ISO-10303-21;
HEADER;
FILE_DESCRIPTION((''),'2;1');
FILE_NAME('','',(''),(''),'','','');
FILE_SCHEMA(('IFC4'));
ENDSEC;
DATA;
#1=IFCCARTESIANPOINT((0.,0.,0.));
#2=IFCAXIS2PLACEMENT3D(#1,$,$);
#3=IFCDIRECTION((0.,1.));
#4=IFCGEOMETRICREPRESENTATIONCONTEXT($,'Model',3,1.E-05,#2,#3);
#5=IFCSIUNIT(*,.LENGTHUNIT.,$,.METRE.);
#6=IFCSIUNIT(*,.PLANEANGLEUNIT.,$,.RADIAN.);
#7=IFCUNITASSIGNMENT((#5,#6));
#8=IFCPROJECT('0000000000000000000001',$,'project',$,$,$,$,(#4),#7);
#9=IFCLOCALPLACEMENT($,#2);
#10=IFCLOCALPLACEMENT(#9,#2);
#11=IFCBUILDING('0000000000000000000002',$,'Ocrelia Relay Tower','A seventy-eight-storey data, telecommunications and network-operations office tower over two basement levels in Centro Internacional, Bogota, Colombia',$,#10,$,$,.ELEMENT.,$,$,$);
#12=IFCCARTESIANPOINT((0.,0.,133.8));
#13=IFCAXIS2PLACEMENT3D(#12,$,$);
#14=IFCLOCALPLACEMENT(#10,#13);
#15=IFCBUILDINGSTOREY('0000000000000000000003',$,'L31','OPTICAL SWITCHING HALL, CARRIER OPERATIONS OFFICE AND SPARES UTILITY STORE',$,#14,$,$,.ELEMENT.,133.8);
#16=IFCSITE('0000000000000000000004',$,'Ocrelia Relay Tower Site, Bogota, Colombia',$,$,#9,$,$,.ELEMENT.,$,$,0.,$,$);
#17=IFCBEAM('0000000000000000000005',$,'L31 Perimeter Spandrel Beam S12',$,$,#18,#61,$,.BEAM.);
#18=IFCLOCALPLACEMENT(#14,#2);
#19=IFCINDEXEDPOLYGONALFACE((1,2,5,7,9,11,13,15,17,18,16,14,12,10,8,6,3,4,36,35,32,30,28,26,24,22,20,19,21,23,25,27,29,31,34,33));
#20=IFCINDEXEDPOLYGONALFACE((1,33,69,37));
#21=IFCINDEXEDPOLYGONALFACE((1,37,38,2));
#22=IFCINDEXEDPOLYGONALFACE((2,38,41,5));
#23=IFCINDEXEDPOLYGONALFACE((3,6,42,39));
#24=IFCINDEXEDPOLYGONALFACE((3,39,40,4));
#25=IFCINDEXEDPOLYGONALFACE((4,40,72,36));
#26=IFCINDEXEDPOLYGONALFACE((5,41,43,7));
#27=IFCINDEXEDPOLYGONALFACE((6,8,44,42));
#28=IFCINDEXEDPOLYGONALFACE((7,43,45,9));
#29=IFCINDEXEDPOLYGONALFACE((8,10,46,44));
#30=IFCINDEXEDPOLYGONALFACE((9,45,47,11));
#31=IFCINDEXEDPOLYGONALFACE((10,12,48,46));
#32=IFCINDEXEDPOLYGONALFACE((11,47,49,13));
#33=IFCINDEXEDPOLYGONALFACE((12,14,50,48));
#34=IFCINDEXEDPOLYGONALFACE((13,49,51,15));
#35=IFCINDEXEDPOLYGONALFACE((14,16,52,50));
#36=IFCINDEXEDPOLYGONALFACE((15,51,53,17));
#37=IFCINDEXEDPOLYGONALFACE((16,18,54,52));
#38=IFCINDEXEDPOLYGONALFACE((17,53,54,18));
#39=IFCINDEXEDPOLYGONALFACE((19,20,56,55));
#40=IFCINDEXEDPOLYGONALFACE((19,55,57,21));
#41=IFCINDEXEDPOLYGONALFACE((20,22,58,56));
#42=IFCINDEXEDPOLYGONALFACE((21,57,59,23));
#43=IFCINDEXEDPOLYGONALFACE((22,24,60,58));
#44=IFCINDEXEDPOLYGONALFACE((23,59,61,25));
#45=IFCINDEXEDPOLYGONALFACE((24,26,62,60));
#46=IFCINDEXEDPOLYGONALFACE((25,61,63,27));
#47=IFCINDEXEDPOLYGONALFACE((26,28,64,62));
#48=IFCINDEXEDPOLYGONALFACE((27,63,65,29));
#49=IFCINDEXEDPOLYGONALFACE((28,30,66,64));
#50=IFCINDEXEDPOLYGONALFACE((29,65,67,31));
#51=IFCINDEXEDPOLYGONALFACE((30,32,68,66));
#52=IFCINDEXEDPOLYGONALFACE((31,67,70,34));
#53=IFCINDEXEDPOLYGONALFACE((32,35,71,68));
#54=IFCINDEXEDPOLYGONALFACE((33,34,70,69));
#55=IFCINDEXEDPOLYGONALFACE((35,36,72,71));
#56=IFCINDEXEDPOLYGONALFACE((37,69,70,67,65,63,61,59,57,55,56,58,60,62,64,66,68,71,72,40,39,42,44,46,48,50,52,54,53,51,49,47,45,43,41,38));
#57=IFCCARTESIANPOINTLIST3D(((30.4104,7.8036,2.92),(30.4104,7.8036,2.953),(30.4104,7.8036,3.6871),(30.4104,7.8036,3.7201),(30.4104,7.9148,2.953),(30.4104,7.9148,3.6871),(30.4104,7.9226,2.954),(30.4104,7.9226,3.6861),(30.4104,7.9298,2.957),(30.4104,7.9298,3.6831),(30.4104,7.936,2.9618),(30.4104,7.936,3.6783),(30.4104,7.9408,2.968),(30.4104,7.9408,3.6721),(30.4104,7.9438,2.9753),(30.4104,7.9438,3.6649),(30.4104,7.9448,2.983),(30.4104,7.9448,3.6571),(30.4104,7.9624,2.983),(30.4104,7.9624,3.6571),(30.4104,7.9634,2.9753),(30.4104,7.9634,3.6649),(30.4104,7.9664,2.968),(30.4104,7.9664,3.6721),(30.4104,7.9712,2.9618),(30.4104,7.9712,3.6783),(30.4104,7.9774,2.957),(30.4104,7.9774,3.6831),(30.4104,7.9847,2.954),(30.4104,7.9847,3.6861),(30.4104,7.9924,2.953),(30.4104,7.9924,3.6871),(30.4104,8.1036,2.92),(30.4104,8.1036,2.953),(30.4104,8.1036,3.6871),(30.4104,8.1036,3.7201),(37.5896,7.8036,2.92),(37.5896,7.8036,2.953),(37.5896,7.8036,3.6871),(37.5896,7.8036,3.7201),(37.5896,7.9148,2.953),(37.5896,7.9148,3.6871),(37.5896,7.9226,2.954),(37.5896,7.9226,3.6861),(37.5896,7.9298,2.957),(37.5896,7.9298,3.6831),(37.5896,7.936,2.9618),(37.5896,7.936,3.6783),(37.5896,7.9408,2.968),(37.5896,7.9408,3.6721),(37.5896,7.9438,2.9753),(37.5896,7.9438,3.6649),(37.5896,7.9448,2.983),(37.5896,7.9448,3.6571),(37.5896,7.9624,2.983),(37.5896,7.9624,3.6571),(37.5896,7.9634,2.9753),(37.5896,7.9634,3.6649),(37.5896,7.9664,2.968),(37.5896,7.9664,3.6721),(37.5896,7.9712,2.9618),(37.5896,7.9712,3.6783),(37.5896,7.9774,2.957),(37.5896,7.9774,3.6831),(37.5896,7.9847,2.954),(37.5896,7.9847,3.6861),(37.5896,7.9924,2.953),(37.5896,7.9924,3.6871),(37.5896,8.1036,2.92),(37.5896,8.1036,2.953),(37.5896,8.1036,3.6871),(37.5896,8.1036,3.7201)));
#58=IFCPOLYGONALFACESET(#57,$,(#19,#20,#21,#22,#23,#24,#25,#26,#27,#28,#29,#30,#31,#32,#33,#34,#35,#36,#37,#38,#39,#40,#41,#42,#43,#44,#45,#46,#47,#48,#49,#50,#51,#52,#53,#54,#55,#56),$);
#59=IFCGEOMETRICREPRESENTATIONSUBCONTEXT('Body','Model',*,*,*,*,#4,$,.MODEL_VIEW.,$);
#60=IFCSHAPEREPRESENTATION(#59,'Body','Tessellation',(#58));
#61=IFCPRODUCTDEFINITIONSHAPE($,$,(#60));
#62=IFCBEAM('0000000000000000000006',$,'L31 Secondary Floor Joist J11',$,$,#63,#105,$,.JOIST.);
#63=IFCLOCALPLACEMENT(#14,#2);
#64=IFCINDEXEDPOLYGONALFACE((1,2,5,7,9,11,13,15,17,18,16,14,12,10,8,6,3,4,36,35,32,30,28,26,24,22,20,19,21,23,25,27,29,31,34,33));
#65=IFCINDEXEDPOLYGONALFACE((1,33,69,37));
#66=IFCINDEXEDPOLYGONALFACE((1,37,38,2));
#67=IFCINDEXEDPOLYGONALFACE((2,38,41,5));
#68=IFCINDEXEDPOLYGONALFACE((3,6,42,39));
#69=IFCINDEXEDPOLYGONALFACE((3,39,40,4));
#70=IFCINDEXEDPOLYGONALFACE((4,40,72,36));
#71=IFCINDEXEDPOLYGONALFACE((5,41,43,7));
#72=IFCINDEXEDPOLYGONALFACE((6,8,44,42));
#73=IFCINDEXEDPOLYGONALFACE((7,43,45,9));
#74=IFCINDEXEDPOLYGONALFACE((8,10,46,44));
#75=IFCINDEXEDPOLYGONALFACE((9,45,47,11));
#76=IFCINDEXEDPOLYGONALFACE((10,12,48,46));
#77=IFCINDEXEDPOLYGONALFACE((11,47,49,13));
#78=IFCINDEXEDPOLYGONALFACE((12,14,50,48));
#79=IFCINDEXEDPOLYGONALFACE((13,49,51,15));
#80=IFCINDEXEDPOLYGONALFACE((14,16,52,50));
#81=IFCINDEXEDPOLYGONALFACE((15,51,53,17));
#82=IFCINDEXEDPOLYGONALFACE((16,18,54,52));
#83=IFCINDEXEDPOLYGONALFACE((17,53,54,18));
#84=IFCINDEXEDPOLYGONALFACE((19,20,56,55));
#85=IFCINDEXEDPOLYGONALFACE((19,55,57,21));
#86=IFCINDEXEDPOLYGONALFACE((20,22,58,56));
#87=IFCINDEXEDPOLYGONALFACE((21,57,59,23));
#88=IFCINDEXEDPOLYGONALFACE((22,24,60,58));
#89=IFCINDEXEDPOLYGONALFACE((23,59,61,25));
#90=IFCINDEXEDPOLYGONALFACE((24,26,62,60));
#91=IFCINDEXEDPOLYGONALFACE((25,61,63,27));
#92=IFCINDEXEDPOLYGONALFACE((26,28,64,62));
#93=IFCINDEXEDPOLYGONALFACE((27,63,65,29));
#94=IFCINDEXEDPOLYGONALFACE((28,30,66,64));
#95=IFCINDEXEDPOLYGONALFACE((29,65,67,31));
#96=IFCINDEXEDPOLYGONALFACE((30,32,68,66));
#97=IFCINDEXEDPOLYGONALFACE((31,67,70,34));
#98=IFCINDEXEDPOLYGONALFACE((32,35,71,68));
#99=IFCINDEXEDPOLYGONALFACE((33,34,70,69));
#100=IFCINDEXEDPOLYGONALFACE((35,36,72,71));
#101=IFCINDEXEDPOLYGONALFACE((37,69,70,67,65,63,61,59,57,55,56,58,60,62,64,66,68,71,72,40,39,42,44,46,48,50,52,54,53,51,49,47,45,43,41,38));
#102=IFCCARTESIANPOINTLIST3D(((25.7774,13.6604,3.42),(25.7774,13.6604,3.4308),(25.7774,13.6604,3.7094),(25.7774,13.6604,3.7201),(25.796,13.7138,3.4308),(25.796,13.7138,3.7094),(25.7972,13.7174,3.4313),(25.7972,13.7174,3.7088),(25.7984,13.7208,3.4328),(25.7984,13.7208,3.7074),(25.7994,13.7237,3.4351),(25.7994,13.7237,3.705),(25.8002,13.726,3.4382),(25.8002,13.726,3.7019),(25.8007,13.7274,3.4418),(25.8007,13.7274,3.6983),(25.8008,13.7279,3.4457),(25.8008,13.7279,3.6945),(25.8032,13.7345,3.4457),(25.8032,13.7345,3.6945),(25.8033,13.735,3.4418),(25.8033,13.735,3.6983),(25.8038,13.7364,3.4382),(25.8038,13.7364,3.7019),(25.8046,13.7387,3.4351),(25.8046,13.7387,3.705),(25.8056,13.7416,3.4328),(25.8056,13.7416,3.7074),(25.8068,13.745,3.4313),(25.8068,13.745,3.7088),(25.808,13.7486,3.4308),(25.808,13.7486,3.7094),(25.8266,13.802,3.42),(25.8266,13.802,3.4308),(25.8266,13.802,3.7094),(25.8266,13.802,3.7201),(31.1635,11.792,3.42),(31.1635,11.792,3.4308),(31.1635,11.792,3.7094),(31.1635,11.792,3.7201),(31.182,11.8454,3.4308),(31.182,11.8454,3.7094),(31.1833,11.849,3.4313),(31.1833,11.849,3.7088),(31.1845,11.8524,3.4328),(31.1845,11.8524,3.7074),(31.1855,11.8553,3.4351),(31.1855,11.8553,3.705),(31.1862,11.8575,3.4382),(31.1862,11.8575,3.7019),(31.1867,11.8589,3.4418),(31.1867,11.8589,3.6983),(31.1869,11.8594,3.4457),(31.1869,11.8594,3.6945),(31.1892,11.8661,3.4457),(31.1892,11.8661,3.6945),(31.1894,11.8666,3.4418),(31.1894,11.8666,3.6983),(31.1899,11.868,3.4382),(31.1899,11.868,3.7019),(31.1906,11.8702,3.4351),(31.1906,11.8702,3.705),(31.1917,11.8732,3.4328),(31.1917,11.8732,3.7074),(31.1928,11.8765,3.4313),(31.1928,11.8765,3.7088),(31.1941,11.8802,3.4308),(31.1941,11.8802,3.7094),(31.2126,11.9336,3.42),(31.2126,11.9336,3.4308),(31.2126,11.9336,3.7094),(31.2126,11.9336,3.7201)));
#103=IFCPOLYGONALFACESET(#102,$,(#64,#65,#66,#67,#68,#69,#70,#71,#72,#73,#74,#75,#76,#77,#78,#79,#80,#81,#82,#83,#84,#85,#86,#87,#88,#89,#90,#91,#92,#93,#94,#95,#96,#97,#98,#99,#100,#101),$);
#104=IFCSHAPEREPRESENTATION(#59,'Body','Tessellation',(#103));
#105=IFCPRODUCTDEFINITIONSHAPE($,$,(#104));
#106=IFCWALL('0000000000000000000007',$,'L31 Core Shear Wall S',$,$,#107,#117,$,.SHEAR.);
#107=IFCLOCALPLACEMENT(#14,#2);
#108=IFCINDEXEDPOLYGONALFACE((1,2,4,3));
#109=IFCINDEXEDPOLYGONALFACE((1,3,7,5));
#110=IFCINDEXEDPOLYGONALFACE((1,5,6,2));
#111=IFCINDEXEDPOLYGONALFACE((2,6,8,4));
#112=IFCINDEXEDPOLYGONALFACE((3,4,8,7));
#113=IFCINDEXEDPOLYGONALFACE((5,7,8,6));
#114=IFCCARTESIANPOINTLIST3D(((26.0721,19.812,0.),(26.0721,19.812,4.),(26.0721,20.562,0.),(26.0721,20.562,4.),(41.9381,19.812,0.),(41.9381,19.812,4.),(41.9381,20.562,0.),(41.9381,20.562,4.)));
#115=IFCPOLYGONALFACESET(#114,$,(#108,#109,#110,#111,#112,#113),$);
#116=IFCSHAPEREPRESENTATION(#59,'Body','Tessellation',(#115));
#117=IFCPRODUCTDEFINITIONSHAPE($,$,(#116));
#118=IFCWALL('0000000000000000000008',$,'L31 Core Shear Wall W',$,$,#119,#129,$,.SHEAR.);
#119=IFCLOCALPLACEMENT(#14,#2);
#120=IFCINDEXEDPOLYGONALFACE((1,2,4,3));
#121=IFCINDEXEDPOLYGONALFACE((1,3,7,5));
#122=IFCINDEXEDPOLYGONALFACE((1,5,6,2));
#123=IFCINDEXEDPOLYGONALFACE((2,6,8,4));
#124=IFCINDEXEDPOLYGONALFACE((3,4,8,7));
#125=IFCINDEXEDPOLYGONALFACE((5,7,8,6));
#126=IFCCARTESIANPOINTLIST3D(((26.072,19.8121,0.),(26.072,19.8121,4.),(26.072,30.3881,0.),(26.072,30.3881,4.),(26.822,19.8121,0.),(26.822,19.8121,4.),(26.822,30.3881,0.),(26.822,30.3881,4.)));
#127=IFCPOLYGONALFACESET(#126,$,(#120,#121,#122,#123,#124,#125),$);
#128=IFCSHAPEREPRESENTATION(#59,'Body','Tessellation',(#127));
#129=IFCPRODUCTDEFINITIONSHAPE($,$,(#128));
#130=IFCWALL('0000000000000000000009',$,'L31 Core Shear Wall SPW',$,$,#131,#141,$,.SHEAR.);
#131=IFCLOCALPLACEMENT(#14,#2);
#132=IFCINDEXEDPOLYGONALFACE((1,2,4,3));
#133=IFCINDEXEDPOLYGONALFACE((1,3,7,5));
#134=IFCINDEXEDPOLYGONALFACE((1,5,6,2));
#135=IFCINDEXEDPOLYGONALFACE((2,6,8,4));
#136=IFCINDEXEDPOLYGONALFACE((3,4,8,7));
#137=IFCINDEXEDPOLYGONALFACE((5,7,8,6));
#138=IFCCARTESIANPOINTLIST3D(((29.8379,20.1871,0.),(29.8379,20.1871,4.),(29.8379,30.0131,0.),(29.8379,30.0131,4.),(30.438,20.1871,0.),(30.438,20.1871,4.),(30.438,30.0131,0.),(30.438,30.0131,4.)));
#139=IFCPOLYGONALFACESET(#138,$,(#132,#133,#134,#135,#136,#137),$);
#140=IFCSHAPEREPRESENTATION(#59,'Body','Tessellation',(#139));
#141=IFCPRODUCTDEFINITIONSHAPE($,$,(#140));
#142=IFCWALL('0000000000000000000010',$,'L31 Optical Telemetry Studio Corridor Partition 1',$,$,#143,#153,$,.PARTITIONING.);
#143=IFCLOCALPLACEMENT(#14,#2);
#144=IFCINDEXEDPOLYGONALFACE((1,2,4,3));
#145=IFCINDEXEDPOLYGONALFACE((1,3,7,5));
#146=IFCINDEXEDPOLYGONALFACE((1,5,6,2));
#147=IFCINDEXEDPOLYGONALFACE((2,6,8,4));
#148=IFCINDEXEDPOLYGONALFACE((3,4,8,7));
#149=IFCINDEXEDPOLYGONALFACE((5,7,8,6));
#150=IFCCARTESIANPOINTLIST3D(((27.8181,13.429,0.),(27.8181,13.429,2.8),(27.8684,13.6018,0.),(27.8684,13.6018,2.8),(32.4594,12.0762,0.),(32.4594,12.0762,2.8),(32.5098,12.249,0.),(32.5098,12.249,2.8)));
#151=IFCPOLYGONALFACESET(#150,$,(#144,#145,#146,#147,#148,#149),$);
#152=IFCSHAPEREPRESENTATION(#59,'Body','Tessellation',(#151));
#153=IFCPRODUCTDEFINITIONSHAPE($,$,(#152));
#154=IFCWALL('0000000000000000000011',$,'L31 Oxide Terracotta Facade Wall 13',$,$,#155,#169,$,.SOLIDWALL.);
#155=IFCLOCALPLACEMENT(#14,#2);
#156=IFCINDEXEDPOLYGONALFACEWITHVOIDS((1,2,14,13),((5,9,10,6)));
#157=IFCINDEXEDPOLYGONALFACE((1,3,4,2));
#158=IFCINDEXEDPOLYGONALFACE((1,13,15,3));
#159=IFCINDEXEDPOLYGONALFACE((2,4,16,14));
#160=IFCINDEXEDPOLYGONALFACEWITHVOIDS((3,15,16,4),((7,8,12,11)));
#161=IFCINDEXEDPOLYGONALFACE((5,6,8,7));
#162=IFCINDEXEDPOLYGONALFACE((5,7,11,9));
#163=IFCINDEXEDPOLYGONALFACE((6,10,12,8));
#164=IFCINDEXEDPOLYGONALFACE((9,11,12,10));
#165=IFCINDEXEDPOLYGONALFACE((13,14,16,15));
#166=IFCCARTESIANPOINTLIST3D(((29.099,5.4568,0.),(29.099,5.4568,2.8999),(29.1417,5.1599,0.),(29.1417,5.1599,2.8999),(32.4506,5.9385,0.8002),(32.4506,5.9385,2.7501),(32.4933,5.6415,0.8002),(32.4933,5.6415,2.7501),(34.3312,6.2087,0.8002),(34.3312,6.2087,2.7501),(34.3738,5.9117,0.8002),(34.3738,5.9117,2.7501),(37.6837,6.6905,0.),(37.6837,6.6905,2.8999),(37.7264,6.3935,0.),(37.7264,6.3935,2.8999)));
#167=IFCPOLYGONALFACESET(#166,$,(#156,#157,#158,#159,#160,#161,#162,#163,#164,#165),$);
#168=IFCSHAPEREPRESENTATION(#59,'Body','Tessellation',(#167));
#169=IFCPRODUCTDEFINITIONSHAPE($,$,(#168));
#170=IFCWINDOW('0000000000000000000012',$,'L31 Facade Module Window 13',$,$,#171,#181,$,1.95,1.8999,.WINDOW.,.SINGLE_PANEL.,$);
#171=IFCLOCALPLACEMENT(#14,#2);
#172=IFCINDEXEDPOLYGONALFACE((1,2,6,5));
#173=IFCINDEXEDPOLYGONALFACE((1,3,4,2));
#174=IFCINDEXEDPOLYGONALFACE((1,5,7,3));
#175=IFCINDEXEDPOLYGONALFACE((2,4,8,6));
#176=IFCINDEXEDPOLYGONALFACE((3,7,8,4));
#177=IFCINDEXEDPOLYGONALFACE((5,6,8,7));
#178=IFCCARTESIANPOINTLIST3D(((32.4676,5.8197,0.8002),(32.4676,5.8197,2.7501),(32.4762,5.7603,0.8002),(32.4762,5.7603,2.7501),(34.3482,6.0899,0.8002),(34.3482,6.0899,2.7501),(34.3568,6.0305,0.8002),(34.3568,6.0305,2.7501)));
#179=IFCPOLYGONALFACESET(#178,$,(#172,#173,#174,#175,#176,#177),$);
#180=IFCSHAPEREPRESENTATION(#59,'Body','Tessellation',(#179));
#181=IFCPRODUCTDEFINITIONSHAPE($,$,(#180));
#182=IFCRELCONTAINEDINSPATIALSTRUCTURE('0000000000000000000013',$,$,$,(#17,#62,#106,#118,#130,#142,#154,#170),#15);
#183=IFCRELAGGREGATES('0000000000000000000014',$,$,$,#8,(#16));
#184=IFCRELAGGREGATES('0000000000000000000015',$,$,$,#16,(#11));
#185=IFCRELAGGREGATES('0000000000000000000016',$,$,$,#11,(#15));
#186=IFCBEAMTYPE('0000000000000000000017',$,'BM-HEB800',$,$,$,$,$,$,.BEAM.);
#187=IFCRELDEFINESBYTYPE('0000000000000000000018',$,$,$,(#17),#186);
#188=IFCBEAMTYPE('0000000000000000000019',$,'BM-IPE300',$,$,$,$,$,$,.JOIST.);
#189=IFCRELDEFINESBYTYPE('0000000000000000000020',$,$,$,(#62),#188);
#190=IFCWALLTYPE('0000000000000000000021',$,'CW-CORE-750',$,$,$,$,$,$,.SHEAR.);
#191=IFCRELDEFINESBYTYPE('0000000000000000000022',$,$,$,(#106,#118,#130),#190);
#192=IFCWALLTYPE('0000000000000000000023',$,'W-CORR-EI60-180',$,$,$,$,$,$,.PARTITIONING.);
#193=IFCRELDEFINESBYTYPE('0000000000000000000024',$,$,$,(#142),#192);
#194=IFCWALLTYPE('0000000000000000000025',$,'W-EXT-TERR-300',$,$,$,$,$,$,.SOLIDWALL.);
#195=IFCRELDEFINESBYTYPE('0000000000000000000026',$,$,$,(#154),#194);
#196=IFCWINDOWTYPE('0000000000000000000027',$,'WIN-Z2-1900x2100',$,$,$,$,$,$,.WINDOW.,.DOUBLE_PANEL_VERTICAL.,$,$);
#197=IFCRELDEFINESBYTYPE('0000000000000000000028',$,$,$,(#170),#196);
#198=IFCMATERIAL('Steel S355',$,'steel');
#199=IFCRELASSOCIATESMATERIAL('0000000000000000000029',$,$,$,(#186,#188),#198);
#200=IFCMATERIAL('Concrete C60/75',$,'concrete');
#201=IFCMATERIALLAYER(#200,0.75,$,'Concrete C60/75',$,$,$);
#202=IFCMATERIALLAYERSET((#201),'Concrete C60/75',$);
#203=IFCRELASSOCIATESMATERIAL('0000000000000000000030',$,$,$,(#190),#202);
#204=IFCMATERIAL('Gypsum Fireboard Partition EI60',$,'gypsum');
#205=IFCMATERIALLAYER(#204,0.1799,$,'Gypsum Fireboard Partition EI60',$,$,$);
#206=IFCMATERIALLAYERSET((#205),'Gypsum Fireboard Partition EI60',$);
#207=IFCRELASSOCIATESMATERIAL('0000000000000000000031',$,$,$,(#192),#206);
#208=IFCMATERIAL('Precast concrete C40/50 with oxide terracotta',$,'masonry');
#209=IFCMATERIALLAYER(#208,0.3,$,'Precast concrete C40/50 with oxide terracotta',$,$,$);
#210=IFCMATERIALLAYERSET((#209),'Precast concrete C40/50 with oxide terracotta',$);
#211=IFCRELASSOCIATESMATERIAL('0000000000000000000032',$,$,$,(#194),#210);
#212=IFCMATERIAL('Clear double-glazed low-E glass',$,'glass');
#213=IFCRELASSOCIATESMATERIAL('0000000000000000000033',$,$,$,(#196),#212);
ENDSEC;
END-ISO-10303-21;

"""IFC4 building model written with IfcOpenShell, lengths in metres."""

from ifc_helpers import new_model, si_unit, direction, frame, frame_2d, origin, origin_2d, place, context, subcontext, project, spatial, rectangle, i_section, extrude, material, layer, layer_set, material_profile, profile_set, type_object, element, fill, save


model = new_model("IFC4")

# Units and contexts
model_context = context("Model", 3, precision=1e-05, world=origin(), true_north=direction((0.0, 1.0)))
body_context = subcontext(model_context, "Body", "Model", "MODEL_VIEW")
ifc_project = project(units=[si_unit("LENGTHUNIT", "METRE"), si_unit("PLANEANGLEUNIT", "RADIAN")], contexts=[model_context])

# Site, building, storey
site_placement = place(None, origin())
site = spatial("IfcSite", under=ifc_project, at=site_placement, Name="Ocrelia Relay Tower Site, Bogota, Colombia", CompositionType="ELEMENT", RefElevation=0.0)
building_placement = place(site_placement, origin())
building = spatial("IfcBuilding", under=site, at=building_placement, Name="Ocrelia Relay Tower", Description="A seventy-eight-storey data, telecommunications and network-operations office tower over two basement levels in Centro Internacional, Bogota, Colombia", CompositionType="ELEMENT")
storey_placement = place(building_placement, frame((0.0, 0.0, 133.8)))
storey = spatial("IfcBuildingStorey", under=building, at=storey_placement, Name="L31", Description="OPTICAL SWITCHING HALL, CARRIER OPERATIONS OFFICE AND SPARES UTILITY STORE", CompositionType="ELEMENT", Elevation=133.8)

# Shared definitions
ifc_material_1 = material(Name="Concrete C60/75", Category="concrete")

# Beams
ifc_material_2 = material(Name="Steel S355", Category="steel")
ifc_material_profile_1 = material_profile(ifc_material_2, i_section(OverallWidth=0.3, OverallDepth=0.8, WebThickness=0.0176, FlangeThickness=0.033, FilletRadius=0.03, at=origin_2d()), Name="HEB 800")
ifc_profile_set_1 = profile_set([ifc_material_profile_1], Name="Steel S355")
beam_type_1 = type_object("IfcBeamType", Name="BM-HEB800", PredefinedType="BEAM", material=ifc_profile_set_1)
for number, where, z_axis, x_axis, name in (
    (1, (30.4104, 7.9536, 3.3201), (1.0, 0.0, 0.0), (0.0, 1.0, 0.0), "L31 Perimeter Spandrel Beam S12"),
):
    element("IfcBeam", number, at=place(storey_placement, frame(where, z_axis=z_axis, x_axis=x_axis)), inside=storey, type_object=beam_type_1, Name=name, PredefinedType="BEAM", context=body_context, shape_type="SweptSolid", body=[
        extrude(i_section(OverallWidth=0.3, OverallDepth=0.8, WebThickness=0.0176, FlangeThickness=0.033, FilletRadius=0.03, at=origin_2d()), origin(), (0.0, 0.0, 1.0), 7.1792),
    ])
ifc_material_profile_2 = material_profile(ifc_material_2, i_section(OverallWidth=0.1499, OverallDepth=0.3, WebThickness=0.0071, FlangeThickness=0.0107, FilletRadius=0.0149, at=origin_2d()), Name="IPE 300")
ifc_profile_set_2 = profile_set([ifc_material_profile_2], Name="Steel S355")
beam_type_2 = type_object("IfcBeamType", Name="BM-IPE300", PredefinedType="JOIST", material=ifc_profile_set_2)
beam_1_placement = place(storey_placement, frame((25.802, 13.7312, 3.5701), z_axis=(0.944767, -0.327741, 0.0), x_axis=(0.327741, 0.944767, 0.0)))
element("IfcBeam", 2, at=beam_1_placement, inside=storey, type_object=beam_type_2, Name="L31 Secondary Floor Joist J11", PredefinedType="JOIST", context=body_context, shape_type="SweptSolid", body=[
    extrude(i_section(OverallWidth=0.1499, OverallDepth=0.3, WebThickness=0.0071, FlangeThickness=0.0107, FilletRadius=0.0149, at=origin_2d()), origin(), (0.0, 0.0, 1.0), 5.7009),
])

# Walls
ifc_layer_1 = layer(ifc_material_1, 0.75, Name="Concrete C60/75")
ifc_layer_set_1 = layer_set([ifc_layer_1], Name="Concrete C60/75")
wall_type_1 = type_object("IfcWallType", Name="CW-CORE-750", PredefinedType="SHEAR", material=ifc_layer_set_1)
wall_1_placement = place(storey_placement, frame((26.072, 20.187, 0.0), z_axis=(0.0, 0.0, 1.0), x_axis=(1.0, 0.0, 0.0)))
element("IfcWall", 3, at=wall_1_placement, inside=storey, type_object=wall_type_1, Name="L31 Core Shear Wall S", PredefinedType="SHEAR", context=body_context, shape_type="SweptSolid", body=[
    extrude(rectangle(XDim=15.866, YDim=0.75, at=frame_2d((7.9331, 0.0))), origin(), (0.0, 0.0, 1.0), 4.0),
])
wall_2_placement = place(storey_placement, frame((26.447, 19.812, 0.0), z_axis=(0.0, 0.0, 1.0), x_axis=(0.0, 1.0, 0.0)))
element("IfcWall", 4, at=wall_2_placement, inside=storey, type_object=wall_type_1, Name="L31 Core Shear Wall W", PredefinedType="SHEAR", context=body_context, shape_type="SweptSolid", body=[
    extrude(rectangle(XDim=10.5759, YDim=0.75, at=frame_2d((5.2881, 0.0))), origin(), (0.0, 0.0, 1.0), 4.0),
])
wall_3_placement = place(storey_placement, frame((30.1379, 20.187, 0.0), z_axis=(0.0, 0.0, 1.0), x_axis=(0.0, 1.0, 0.0)))
element("IfcWall", 5, at=wall_3_placement, inside=storey, type_object=wall_type_1, Name="L31 Core Shear Wall SPW", PredefinedType="SHEAR", context=body_context, shape_type="SweptSolid", body=[
    extrude(rectangle(XDim=9.8259, YDim=0.6001, at=frame_2d((4.9131, 0.0))), origin(), (0.0, 0.0, 1.0), 4.0),
])

# Shared definitions
ifc_material_3 = material(Name="Gypsum Fireboard Partition EI60", Category="gypsum")
ifc_layer_2 = layer(ifc_material_3, 0.1799, Name="Gypsum Fireboard Partition EI60")
ifc_layer_set_2 = layer_set([ifc_layer_2], Name="Gypsum Fireboard Partition EI60")
wall_type_2 = type_object("IfcWallType", Name="W-CORR-EI60-180", PredefinedType="PARTITIONING", material=ifc_layer_set_2)

# Wall
wall_4_placement = place(storey_placement, frame((27.8433, 13.5154, 0.0), z_axis=(0.0, 0.0, 1.0), x_axis=(0.960053, -0.27982, 0.0)))
element("IfcWall", 6, at=wall_4_placement, inside=storey, type_object=wall_type_2, Name="L31 Optical Telemetry Studio Corridor Partition 1", PredefinedType="PARTITIONING", context=body_context, shape_type="SweptSolid", body=[
    extrude(rectangle(XDim=4.8345, YDim=0.1799, at=frame_2d((2.4172, 0.0))), origin(), (0.0, 0.0, 1.0), 2.8),
])

# Wall, opening, window
ifc_material_4 = material(Name="Precast concrete C40/50 with oxide terracotta", Category="masonry")
ifc_layer_3 = layer(ifc_material_4, 0.3, Name="Precast concrete C40/50 with oxide terracotta")
ifc_layer_set_3 = layer_set([ifc_layer_3], Name="Precast concrete C40/50 with oxide terracotta")
wall_type_3 = type_object("IfcWallType", Name="W-EXT-TERR-300", PredefinedType="SOLIDWALL", material=ifc_layer_set_3)
wall_5_placement = place(storey_placement, frame((29.1204, 5.3083, 0.0), z_axis=(0.0, 0.0, 1.0), x_axis=(0.989832, 0.142241, 0.0)))
wall_5 = element("IfcWall", 7, at=wall_5_placement, inside=storey, type_object=wall_type_3, Name="L31 Oxide Terracotta Facade Wall 13", PredefinedType="SOLIDWALL", context=body_context, shape_type="SweptSolid", body=[
    extrude(rectangle(XDim=8.6729, YDim=0.3, at=frame_2d((4.3364, 0.0))), origin(), (0.0, 0.0, 1.0), 2.8999),
])
opening_1_placement = place(wall_5_placement, frame((3.386, 0.0, 0.8)))
opening_1 = element("IfcOpeningElement", 8, at=opening_1_placement, cuts=wall_5, PredefinedType="OPENING", context=body_context, shape_type="SweptSolid", body=[
    extrude(rectangle(XDim=1.8999, YDim=1.95, at=frame_2d((0.95, 0.9751))), frame((0.0, 0.1602, 0.0), z_axis=(0.0, -1.0, 0.0), x_axis=(1.0, 0.0, 0.0)), (0.0, 0.0, 1.0), 0.3201),
])
ifc_material_5 = material(Name="Clear double-glazed low-E glass", Category="glass")
window_type = type_object("IfcWindowType", Name="WIN-Z2-1900x2100", PartitioningType="DOUBLE_PANEL_VERTICAL", PredefinedType="WINDOW", material=ifc_material_5)
window_placement = place(opening_1_placement, origin())
window = element("IfcWindow", 9, at=window_placement, inside=storey, type_object=window_type, Name="L31 Facade Module Window 13", OverallHeight=1.95, OverallWidth=1.8999, PartitioningType="SINGLE_PANEL", PredefinedType="WINDOW", context=body_context, shape_type="SweptSolid", body=[
    extrude(rectangle(XDim=1.8999, YDim=1.95, at=frame_2d((0.95, 0.9751))), frame((0.0, 0.03, 0.0), z_axis=(0.0, -1.0, 0.0), x_axis=(1.0, 0.0, 0.0)), (0.0, 0.0, 1.0), 0.0601),
])
fill(opening_1, window)

save(model, "model.ifc")
